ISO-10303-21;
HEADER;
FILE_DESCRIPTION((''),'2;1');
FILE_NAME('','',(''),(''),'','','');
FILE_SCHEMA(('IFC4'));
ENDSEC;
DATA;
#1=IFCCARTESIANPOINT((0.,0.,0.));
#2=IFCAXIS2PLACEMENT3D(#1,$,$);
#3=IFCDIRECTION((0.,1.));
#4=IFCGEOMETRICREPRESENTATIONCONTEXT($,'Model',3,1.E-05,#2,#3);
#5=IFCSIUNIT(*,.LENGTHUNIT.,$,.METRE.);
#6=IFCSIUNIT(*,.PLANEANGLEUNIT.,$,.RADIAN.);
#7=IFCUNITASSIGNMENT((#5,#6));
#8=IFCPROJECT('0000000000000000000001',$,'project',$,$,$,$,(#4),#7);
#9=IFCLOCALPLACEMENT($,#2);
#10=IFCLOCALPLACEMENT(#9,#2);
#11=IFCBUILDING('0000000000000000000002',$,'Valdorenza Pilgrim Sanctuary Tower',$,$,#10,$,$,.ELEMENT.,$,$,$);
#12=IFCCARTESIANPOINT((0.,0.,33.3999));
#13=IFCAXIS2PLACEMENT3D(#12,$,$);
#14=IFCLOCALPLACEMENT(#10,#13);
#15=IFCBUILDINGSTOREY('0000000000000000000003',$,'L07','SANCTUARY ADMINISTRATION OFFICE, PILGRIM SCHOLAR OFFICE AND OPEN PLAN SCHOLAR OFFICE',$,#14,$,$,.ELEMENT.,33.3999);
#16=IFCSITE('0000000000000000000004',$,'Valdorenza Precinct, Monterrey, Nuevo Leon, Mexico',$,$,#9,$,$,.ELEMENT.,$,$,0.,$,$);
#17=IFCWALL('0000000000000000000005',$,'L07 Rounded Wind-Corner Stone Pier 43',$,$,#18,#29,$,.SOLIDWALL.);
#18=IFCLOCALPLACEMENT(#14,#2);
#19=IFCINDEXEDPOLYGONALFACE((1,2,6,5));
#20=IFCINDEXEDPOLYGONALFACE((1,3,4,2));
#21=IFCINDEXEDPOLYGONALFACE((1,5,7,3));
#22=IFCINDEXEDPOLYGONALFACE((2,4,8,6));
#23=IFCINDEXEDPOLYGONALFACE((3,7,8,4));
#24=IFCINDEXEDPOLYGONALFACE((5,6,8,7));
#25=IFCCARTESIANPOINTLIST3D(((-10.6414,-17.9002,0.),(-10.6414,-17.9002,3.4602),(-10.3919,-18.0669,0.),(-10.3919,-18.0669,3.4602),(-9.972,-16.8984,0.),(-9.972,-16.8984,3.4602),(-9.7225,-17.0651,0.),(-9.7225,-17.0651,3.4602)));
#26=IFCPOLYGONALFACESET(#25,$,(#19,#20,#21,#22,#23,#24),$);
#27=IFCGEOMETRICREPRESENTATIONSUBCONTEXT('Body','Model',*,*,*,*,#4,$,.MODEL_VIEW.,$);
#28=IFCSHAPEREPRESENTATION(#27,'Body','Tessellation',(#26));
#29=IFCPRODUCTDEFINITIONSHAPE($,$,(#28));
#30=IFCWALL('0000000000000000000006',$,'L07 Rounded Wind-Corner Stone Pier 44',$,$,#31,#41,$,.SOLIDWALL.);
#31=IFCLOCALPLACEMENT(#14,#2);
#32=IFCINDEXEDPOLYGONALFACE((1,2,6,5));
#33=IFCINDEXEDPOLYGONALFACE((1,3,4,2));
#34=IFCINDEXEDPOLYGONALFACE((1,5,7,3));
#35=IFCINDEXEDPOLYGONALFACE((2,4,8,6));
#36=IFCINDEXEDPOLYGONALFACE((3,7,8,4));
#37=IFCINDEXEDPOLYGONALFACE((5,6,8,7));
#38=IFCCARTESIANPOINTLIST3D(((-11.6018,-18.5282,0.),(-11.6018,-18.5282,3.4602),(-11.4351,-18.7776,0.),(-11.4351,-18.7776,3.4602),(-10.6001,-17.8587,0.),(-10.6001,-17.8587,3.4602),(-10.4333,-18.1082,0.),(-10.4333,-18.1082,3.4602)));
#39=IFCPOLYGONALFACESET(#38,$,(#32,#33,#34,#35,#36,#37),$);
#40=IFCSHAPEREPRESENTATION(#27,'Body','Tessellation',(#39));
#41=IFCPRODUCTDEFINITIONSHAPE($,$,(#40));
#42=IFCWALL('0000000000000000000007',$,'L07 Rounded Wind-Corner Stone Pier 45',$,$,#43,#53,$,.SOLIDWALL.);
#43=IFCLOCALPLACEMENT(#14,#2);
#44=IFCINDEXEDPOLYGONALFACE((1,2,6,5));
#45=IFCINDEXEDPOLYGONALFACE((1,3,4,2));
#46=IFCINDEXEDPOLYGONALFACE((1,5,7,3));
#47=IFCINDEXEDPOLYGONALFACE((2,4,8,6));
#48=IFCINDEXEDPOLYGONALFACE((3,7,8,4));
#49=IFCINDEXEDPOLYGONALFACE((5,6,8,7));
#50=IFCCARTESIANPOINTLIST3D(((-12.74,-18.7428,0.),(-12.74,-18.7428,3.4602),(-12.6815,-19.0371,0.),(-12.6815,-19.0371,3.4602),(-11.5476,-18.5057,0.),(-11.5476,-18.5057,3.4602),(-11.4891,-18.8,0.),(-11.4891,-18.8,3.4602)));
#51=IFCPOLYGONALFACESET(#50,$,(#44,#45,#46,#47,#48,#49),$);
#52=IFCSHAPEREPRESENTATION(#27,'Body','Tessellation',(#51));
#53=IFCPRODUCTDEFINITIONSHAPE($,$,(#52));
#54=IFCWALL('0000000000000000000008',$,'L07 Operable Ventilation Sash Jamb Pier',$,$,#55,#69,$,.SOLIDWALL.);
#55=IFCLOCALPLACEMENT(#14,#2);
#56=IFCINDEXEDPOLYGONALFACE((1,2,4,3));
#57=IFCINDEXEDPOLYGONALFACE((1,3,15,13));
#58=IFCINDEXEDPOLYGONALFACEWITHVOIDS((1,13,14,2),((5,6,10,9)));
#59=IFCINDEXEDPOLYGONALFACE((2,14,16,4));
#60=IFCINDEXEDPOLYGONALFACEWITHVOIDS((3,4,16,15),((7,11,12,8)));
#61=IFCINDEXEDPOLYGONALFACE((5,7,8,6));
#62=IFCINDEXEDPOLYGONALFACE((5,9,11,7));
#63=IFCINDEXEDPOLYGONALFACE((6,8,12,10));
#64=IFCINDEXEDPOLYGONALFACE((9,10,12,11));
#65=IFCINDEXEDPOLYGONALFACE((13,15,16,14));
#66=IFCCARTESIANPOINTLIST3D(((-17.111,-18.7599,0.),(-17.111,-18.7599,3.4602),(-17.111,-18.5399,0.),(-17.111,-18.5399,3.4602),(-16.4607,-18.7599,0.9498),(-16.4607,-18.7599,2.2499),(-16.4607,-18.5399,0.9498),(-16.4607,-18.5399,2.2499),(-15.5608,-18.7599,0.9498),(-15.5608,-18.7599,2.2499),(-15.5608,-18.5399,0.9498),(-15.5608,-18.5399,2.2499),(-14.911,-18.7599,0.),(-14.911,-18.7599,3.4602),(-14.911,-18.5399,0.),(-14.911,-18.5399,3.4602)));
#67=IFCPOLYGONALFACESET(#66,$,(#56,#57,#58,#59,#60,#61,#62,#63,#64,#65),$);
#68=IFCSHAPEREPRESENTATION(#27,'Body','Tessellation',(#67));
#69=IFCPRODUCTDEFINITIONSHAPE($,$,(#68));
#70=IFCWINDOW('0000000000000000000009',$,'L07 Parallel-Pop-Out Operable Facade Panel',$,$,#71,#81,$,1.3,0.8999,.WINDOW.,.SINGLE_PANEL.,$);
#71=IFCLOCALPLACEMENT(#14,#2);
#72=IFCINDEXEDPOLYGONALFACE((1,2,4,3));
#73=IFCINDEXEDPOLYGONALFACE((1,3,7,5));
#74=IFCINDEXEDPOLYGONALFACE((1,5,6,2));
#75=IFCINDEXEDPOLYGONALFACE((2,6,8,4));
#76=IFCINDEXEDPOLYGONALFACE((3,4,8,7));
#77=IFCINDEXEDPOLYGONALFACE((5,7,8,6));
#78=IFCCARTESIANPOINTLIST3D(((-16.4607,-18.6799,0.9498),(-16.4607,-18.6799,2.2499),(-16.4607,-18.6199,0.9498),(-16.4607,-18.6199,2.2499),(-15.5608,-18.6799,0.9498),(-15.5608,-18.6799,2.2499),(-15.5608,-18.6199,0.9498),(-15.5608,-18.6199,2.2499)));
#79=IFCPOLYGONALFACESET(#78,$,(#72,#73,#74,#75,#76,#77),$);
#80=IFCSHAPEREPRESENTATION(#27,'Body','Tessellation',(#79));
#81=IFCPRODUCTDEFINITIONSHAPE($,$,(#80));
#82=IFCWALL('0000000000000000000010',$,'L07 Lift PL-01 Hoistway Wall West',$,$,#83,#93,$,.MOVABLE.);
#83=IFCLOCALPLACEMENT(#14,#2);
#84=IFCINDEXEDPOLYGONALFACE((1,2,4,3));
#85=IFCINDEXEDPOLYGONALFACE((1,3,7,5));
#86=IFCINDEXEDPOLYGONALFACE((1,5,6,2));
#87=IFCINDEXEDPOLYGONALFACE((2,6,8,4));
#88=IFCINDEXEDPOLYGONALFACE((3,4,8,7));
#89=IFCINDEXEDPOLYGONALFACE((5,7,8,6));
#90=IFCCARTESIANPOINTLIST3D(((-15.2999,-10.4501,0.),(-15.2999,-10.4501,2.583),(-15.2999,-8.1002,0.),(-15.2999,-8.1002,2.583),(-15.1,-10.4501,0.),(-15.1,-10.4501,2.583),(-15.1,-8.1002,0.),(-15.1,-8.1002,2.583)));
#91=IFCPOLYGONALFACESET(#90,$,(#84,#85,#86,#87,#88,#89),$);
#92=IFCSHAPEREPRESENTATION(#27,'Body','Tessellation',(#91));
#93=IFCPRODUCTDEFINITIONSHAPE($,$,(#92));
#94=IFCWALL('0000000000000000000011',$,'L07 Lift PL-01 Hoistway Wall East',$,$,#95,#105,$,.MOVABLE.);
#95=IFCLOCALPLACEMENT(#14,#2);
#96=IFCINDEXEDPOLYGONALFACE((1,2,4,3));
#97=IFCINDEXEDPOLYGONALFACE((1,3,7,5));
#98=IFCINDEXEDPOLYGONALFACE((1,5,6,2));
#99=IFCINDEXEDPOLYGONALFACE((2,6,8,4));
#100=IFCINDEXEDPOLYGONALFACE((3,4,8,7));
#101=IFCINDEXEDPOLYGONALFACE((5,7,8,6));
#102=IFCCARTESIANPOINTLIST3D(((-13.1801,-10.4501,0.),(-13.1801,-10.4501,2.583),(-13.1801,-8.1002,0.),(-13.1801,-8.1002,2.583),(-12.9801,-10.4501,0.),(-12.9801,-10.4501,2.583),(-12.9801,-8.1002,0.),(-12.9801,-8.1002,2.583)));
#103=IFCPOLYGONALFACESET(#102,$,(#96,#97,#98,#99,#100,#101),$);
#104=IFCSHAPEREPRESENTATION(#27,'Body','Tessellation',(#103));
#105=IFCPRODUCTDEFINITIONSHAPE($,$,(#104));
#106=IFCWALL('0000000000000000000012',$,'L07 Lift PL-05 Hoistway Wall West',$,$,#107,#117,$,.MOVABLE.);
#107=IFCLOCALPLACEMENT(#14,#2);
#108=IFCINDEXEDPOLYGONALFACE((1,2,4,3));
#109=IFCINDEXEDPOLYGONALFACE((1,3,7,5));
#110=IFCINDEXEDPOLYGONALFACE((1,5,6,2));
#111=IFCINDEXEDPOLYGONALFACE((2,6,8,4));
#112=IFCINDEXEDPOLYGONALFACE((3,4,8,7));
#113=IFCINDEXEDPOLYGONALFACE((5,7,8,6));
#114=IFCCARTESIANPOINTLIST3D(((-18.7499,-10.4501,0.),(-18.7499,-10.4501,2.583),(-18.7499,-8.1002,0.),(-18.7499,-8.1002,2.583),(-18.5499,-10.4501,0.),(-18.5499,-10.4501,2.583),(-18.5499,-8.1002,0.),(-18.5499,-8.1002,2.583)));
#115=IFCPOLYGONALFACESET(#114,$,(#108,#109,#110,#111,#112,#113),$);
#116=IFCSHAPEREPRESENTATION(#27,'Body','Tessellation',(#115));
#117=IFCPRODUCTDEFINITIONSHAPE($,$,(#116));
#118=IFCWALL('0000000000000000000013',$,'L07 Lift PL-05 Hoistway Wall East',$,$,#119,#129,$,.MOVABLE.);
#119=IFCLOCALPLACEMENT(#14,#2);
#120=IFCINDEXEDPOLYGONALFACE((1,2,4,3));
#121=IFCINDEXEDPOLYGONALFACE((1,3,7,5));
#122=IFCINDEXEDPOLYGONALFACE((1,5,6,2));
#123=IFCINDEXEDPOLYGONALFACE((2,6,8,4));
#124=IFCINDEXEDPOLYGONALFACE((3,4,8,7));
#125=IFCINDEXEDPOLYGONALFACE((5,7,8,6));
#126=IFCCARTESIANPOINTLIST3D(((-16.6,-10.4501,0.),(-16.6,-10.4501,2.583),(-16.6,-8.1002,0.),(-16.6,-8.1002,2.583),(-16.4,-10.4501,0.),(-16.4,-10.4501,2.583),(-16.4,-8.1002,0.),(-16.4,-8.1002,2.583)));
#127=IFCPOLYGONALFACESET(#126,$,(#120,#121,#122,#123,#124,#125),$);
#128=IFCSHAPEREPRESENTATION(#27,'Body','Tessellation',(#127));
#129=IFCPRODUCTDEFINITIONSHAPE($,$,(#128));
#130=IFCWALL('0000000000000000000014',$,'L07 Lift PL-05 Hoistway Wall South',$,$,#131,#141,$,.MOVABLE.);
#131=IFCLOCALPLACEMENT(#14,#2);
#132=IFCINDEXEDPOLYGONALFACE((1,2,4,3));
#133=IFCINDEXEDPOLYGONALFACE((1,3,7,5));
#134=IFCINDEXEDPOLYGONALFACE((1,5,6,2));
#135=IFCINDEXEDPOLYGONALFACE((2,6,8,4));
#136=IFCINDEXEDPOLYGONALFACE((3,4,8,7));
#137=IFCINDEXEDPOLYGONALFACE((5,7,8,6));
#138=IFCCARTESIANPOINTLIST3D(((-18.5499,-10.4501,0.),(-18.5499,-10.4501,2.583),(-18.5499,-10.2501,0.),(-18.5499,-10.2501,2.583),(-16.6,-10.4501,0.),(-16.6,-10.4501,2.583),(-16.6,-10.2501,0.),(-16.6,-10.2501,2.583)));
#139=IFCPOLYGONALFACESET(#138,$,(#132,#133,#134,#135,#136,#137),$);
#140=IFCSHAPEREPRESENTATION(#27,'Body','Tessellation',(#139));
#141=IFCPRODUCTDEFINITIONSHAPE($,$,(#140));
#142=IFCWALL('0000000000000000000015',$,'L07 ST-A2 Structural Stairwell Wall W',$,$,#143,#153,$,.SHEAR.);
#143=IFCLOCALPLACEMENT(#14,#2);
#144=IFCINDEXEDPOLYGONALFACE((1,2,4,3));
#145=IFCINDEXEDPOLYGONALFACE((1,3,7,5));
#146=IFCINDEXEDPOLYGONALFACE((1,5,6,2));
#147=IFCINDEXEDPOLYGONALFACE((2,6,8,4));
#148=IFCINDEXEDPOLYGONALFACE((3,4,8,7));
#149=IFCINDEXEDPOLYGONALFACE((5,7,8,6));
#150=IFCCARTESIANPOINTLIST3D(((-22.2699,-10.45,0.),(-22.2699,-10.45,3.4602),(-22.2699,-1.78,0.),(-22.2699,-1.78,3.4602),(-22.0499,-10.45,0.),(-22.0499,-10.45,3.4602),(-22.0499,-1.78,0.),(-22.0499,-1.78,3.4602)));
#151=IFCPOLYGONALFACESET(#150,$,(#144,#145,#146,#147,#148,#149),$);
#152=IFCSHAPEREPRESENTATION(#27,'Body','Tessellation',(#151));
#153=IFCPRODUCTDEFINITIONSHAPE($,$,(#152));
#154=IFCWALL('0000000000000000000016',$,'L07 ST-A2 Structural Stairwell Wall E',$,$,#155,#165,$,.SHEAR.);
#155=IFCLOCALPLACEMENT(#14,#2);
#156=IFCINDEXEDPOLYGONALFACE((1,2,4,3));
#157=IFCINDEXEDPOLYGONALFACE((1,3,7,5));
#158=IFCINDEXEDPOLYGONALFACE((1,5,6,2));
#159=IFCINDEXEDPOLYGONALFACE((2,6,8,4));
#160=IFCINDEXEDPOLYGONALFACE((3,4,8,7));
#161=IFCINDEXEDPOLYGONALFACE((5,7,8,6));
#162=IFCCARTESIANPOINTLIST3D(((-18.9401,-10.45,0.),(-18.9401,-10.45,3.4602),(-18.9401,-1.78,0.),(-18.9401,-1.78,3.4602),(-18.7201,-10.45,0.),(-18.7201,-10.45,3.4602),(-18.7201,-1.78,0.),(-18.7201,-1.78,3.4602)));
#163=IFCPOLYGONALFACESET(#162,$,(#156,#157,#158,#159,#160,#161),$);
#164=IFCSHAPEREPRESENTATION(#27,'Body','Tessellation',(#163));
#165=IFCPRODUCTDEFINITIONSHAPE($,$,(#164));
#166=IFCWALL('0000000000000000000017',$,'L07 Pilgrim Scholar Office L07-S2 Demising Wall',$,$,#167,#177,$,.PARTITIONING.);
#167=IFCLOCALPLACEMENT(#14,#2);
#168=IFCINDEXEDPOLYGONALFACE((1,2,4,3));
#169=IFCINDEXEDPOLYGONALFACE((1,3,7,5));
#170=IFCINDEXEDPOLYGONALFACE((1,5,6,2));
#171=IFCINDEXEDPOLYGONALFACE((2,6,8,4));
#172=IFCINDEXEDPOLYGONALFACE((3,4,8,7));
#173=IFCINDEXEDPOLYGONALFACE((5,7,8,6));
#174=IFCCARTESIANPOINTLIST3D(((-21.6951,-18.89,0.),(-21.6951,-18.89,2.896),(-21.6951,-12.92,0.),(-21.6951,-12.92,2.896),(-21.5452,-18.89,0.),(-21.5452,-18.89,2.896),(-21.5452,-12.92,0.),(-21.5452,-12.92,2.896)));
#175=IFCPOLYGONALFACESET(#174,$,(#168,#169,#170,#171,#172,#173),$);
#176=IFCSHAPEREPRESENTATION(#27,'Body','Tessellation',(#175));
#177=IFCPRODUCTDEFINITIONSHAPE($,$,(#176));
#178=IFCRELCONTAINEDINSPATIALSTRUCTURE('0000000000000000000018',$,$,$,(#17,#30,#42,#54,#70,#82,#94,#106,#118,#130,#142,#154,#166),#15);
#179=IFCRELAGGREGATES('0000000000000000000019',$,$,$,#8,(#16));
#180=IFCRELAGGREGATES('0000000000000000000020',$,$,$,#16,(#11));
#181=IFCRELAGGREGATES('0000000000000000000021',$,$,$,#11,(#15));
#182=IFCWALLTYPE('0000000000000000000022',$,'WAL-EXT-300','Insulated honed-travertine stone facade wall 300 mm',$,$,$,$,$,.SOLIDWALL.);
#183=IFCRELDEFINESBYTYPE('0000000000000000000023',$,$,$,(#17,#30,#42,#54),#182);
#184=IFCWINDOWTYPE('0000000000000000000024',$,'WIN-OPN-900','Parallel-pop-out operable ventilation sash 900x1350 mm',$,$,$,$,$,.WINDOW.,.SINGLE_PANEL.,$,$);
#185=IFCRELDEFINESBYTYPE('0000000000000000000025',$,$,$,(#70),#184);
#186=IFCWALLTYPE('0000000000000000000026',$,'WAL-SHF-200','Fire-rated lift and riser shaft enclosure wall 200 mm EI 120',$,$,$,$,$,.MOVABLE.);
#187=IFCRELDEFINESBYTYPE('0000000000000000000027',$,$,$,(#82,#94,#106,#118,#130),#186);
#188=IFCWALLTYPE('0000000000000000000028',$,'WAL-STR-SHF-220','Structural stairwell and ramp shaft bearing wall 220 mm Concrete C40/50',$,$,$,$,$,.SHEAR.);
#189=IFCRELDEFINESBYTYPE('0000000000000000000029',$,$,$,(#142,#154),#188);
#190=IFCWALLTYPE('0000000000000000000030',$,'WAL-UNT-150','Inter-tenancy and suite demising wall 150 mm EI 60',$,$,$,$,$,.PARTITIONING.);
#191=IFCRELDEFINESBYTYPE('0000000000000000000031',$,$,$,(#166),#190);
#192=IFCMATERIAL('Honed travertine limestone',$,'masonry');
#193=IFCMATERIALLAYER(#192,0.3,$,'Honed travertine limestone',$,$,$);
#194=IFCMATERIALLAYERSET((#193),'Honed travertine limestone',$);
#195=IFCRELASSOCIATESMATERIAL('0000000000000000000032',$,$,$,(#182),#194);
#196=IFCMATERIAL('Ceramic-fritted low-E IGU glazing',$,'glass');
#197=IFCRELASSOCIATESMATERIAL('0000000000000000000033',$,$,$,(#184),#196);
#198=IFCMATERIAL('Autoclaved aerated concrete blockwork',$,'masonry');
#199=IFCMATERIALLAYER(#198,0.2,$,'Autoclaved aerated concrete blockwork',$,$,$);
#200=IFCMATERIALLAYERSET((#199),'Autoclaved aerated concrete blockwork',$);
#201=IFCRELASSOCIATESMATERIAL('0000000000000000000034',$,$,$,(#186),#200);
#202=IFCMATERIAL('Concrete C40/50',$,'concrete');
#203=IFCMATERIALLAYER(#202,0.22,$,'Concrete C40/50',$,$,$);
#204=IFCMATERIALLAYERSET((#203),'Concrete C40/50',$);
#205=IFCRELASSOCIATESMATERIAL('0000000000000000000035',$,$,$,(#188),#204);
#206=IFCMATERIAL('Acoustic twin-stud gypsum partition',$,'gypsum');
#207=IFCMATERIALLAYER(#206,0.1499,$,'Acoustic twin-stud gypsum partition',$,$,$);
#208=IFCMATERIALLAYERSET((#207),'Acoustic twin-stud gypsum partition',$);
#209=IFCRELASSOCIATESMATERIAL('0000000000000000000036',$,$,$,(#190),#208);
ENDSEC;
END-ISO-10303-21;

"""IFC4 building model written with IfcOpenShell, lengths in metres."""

from ifc_helpers import new_model, si_unit, direction, frame, frame_2d, origin, place, context, subcontext, project, spatial, rectangle, extrude, material, layer, layer_set, type_object, element, fill, save


model = new_model("IFC4")

# Units and contexts
model_context = context("Model", 3, precision=1e-05, world=origin(), true_north=direction((0.0, 1.0)))
body_context = subcontext(model_context, "Body", "Model", "MODEL_VIEW")
ifc_project = project(units=[si_unit("LENGTHUNIT", "METRE"), si_unit("PLANEANGLEUNIT", "RADIAN")], contexts=[model_context])

# Site, building, storey
site_placement = place(None, origin())
site = spatial("IfcSite", under=ifc_project, at=site_placement, Name="Valdorenza Precinct, Monterrey, Nuevo Leon, Mexico", CompositionType="ELEMENT", RefElevation=0.0)
building_placement = place(site_placement, origin())
building = spatial("IfcBuilding", under=site, at=building_placement, Name="Valdorenza Pilgrim Sanctuary Tower", CompositionType="ELEMENT")
storey_placement = place(building_placement, frame((0.0, 0.0, 33.3999)))
storey = spatial("IfcBuildingStorey", under=building, at=storey_placement, Name="L07", Description="SANCTUARY ADMINISTRATION OFFICE, PILGRIM SCHOLAR OFFICE AND OPEN PLAN SCHOLAR OFFICE", CompositionType="ELEMENT", Elevation=33.3999)

# Shared definitions
ifc_material_1 = material(Name="Ceramic-fritted low-E IGU glazing", Category="glass")
ifc_material_2 = material(Name="Honed travertine limestone", Category="masonry")

# Walls
ifc_layer_1 = layer(ifc_material_2, 0.3, Name="Honed travertine limestone")
ifc_layer_set_1 = layer_set([ifc_layer_1], Name="Honed travertine limestone")
wall_type_1 = type_object("IfcWallType", Name="WAL-EXT-300", Description="Insulated honed-travertine stone facade wall 300 mm", PredefinedType="SOLIDWALL", material=ifc_layer_set_1)
for number, where, z_axis, x_axis, name in (
    (1, (-9.8472, -16.9817, 0.0), (0.0, 0.0, 1.0), (-0.555635, -0.831426, 0.0), "L07 Rounded Wind-Corner Stone Pier 43"),
    (2, (-10.5166, -17.9834, 0.0), (0.0, 0.0, 1.0), (-0.831426, -0.555635, 0.0), "L07 Rounded Wind-Corner Stone Pier 44"),
):
    element("IfcWall", number, at=place(storey_placement, frame(where, z_axis=z_axis, x_axis=x_axis)), inside=storey, type_object=wall_type_1, Name=name, PredefinedType="SOLIDWALL", context=body_context, shape_type="SweptSolid", body=[
        extrude(rectangle(XDim=1.2048, YDim=0.3, at=frame_2d((0.6025, 0.0))), origin(), (0.0, 0.0, 1.0), 3.4602),
    ])
wall_1_placement = place(storey_placement, frame((-11.5183, -18.6528, 0.0), z_axis=(0.0, 0.0, 1.0), x_axis=(-0.980804, -0.194996, 0.0)))
element("IfcWall", 3, at=wall_1_placement, inside=storey, type_object=wall_type_1, Name="L07 Rounded Wind-Corner Stone Pier 45", PredefinedType="SOLIDWALL", context=body_context, shape_type="SweptSolid", body=[
    extrude(rectangle(XDim=1.2158, YDim=0.3, at=frame_2d((0.6079, 0.0))), origin(), (0.0, 0.0, 1.0), 3.4602),
])

# Wall, opening, window
wall_2_placement = place(storey_placement, frame((-14.9109, -18.6499, 0.0), z_axis=(0.0, 0.0, 1.0), x_axis=(-1.0, 0.0, 0.0)))
wall_2 = element("IfcWall", 4, at=wall_2_placement, inside=storey, type_object=wall_type_1, Name="L07 Operable Ventilation Sash Jamb Pier", PredefinedType="SOLIDWALL", context=body_context, shape_type="SweptSolid", body=[
    extrude(rectangle(XDim=2.2, YDim=0.22, at=frame_2d((1.1001, 0.0))), origin(), (0.0, 0.0, 1.0), 3.4602),
])
opening_placement = place(wall_2_placement, frame((0.6499, 0.0, 0.95)))
opening = element("IfcOpeningElement", 5, at=opening_placement, cuts=wall_2, PredefinedType="OPENING", context=body_context, shape_type="SweptSolid", body=[
    extrude(rectangle(XDim=0.8999, YDim=1.3, at=frame_2d((0.45, 0.6499))), frame((0.0, 0.125, 0.0), z_axis=(0.0, -1.0, 0.0), x_axis=(1.0, 0.0, 0.0)), (0.0, 0.0, 1.0), 0.2498),
])
window_type = type_object("IfcWindowType", Name="WIN-OPN-900", Description="Parallel-pop-out operable ventilation sash 900x1350 mm", PartitioningType="SINGLE_PANEL", PredefinedType="WINDOW", material=ifc_material_1)
window_placement = place(opening_placement, origin())
window = element("IfcWindow", 6, at=window_placement, inside=storey, type_object=window_type, Name="L07 Parallel-Pop-Out Operable Facade Panel", OverallHeight=1.3, OverallWidth=0.8999, PartitioningType="SINGLE_PANEL", PredefinedType="WINDOW", context=body_context, shape_type="SweptSolid", body=[
    extrude(rectangle(XDim=0.8999, YDim=1.3, at=frame_2d((0.45, 0.6499))), frame((0.0, 0.03, 0.0), z_axis=(0.0, -1.0, 0.0), x_axis=(1.0, 0.0, 0.0)), (0.0, 0.0, 1.0), 0.0601),
])
fill(opening, window)

# Walls
ifc_material_3 = material(Name="Autoclaved aerated concrete blockwork", Category="masonry")
ifc_layer_2 = layer(ifc_material_3, 0.2, Name="Autoclaved aerated concrete blockwork")
ifc_layer_set_2 = layer_set([ifc_layer_2], Name="Autoclaved aerated concrete blockwork")
wall_type_2 = type_object("IfcWallType", Name="WAL-SHF-200", Description="Fire-rated lift and riser shaft enclosure wall 200 mm EI 120", PredefinedType="MOVABLE", material=ifc_layer_set_2)
for number, where, z_axis, x_axis, name in (
    (7, (-15.2, -10.45, 0.0), (0.0, 0.0, 1.0), (0.0, 1.0, 0.0), "L07 Lift PL-01 Hoistway Wall West"),
    (8, (-13.0801, -10.45, 0.0), (0.0, 0.0, 1.0), (0.0, 1.0, 0.0), "L07 Lift PL-01 Hoistway Wall East"),
    (9, (-18.6499, -10.45, 0.0), (0.0, 0.0, 1.0), (0.0, 1.0, 0.0), "L07 Lift PL-05 Hoistway Wall West"),
    (10, (-16.5, -10.45, 0.0), (0.0, 0.0, 1.0), (0.0, 1.0, 0.0), "L07 Lift PL-05 Hoistway Wall East"),
):
    element("IfcWall", number, at=place(storey_placement, frame(where, z_axis=z_axis, x_axis=x_axis)), inside=storey, type_object=wall_type_2, Name=name, PredefinedType="MOVABLE", context=body_context, shape_type="SweptSolid", body=[
        extrude(rectangle(XDim=2.3499, YDim=0.2, at=frame_2d((1.1748, 0.0))), origin(), (0.0, 0.0, 1.0), 2.583),
    ])
wall_3_placement = place(storey_placement, frame((-18.55, -10.3501, 0.0), z_axis=(0.0, 0.0, 1.0), x_axis=(1.0, 0.0, 0.0)))
element("IfcWall", 11, at=wall_3_placement, inside=storey, type_object=wall_type_2, Name="L07 Lift PL-05 Hoistway Wall South", PredefinedType="MOVABLE", context=body_context, shape_type="SweptSolid", body=[
    extrude(rectangle(XDim=1.95, YDim=0.2, at=frame_2d((0.9751, 0.0))), origin(), (0.0, 0.0, 1.0), 2.583),
])
ifc_material_4 = material(Name="Concrete C40/50", Category="concrete")
ifc_layer_3 = layer(ifc_material_4, 0.22, Name="Concrete C40/50")
ifc_layer_set_3 = layer_set([ifc_layer_3], Name="Concrete C40/50")
wall_type_3 = type_object("IfcWallType", Name="WAL-STR-SHF-220", Description="Structural stairwell and ramp shaft bearing wall 220 mm Concrete C40/50", PredefinedType="SHEAR", material=ifc_layer_set_3)
for number, where, z_axis, x_axis, name in (
    (12, (-22.1599, -10.45, 0.0), (0.0, 0.0, 1.0), (0.0, 1.0, 0.0), "L07 ST-A2 Structural Stairwell Wall W"),
    (13, (-18.8301, -10.45, 0.0), (0.0, 0.0, 1.0), (0.0, 1.0, 0.0), "L07 ST-A2 Structural Stairwell Wall E"),
):
    element("IfcWall", number, at=place(storey_placement, frame(where, z_axis=z_axis, x_axis=x_axis)), inside=storey, type_object=wall_type_3, Name=name, PredefinedType="SHEAR", context=body_context, shape_type="SweptSolid", body=[
        extrude(rectangle(XDim=8.6699, YDim=0.22, at=frame_2d((4.335, 0.0))), origin(), (0.0, 0.0, 1.0), 3.4602),
    ])
ifc_material_5 = material(Name="Acoustic twin-stud gypsum partition", Category="gypsum")
ifc_layer_4 = layer(ifc_material_5, 0.1499, Name="Acoustic twin-stud gypsum partition")
ifc_layer_set_4 = layer_set([ifc_layer_4], Name="Acoustic twin-stud gypsum partition")
wall_type_4 = type_object("IfcWallType", Name="WAL-UNT-150", Description="Inter-tenancy and suite demising wall 150 mm EI 60", PredefinedType="PARTITIONING", material=ifc_layer_set_4)
wall_4_placement = place(storey_placement, frame((-21.6201, -18.8899, 0.0), z_axis=(0.0, 0.0, 1.0), x_axis=(0.0, 1.0, 0.0)))
element("IfcWall", 14, at=wall_4_placement, inside=storey, type_object=wall_type_4, Name="L07 Pilgrim Scholar Office L07-S2 Demising Wall", PredefinedType="PARTITIONING", context=body_context, shape_type="SweptSolid", body=[
    extrude(rectangle(XDim=5.97, YDim=0.1499, at=frame_2d((2.9849, 0.0))), origin(), (0.0, 0.0, 1.0), 2.896),
])

save(model, "model.ifc")
